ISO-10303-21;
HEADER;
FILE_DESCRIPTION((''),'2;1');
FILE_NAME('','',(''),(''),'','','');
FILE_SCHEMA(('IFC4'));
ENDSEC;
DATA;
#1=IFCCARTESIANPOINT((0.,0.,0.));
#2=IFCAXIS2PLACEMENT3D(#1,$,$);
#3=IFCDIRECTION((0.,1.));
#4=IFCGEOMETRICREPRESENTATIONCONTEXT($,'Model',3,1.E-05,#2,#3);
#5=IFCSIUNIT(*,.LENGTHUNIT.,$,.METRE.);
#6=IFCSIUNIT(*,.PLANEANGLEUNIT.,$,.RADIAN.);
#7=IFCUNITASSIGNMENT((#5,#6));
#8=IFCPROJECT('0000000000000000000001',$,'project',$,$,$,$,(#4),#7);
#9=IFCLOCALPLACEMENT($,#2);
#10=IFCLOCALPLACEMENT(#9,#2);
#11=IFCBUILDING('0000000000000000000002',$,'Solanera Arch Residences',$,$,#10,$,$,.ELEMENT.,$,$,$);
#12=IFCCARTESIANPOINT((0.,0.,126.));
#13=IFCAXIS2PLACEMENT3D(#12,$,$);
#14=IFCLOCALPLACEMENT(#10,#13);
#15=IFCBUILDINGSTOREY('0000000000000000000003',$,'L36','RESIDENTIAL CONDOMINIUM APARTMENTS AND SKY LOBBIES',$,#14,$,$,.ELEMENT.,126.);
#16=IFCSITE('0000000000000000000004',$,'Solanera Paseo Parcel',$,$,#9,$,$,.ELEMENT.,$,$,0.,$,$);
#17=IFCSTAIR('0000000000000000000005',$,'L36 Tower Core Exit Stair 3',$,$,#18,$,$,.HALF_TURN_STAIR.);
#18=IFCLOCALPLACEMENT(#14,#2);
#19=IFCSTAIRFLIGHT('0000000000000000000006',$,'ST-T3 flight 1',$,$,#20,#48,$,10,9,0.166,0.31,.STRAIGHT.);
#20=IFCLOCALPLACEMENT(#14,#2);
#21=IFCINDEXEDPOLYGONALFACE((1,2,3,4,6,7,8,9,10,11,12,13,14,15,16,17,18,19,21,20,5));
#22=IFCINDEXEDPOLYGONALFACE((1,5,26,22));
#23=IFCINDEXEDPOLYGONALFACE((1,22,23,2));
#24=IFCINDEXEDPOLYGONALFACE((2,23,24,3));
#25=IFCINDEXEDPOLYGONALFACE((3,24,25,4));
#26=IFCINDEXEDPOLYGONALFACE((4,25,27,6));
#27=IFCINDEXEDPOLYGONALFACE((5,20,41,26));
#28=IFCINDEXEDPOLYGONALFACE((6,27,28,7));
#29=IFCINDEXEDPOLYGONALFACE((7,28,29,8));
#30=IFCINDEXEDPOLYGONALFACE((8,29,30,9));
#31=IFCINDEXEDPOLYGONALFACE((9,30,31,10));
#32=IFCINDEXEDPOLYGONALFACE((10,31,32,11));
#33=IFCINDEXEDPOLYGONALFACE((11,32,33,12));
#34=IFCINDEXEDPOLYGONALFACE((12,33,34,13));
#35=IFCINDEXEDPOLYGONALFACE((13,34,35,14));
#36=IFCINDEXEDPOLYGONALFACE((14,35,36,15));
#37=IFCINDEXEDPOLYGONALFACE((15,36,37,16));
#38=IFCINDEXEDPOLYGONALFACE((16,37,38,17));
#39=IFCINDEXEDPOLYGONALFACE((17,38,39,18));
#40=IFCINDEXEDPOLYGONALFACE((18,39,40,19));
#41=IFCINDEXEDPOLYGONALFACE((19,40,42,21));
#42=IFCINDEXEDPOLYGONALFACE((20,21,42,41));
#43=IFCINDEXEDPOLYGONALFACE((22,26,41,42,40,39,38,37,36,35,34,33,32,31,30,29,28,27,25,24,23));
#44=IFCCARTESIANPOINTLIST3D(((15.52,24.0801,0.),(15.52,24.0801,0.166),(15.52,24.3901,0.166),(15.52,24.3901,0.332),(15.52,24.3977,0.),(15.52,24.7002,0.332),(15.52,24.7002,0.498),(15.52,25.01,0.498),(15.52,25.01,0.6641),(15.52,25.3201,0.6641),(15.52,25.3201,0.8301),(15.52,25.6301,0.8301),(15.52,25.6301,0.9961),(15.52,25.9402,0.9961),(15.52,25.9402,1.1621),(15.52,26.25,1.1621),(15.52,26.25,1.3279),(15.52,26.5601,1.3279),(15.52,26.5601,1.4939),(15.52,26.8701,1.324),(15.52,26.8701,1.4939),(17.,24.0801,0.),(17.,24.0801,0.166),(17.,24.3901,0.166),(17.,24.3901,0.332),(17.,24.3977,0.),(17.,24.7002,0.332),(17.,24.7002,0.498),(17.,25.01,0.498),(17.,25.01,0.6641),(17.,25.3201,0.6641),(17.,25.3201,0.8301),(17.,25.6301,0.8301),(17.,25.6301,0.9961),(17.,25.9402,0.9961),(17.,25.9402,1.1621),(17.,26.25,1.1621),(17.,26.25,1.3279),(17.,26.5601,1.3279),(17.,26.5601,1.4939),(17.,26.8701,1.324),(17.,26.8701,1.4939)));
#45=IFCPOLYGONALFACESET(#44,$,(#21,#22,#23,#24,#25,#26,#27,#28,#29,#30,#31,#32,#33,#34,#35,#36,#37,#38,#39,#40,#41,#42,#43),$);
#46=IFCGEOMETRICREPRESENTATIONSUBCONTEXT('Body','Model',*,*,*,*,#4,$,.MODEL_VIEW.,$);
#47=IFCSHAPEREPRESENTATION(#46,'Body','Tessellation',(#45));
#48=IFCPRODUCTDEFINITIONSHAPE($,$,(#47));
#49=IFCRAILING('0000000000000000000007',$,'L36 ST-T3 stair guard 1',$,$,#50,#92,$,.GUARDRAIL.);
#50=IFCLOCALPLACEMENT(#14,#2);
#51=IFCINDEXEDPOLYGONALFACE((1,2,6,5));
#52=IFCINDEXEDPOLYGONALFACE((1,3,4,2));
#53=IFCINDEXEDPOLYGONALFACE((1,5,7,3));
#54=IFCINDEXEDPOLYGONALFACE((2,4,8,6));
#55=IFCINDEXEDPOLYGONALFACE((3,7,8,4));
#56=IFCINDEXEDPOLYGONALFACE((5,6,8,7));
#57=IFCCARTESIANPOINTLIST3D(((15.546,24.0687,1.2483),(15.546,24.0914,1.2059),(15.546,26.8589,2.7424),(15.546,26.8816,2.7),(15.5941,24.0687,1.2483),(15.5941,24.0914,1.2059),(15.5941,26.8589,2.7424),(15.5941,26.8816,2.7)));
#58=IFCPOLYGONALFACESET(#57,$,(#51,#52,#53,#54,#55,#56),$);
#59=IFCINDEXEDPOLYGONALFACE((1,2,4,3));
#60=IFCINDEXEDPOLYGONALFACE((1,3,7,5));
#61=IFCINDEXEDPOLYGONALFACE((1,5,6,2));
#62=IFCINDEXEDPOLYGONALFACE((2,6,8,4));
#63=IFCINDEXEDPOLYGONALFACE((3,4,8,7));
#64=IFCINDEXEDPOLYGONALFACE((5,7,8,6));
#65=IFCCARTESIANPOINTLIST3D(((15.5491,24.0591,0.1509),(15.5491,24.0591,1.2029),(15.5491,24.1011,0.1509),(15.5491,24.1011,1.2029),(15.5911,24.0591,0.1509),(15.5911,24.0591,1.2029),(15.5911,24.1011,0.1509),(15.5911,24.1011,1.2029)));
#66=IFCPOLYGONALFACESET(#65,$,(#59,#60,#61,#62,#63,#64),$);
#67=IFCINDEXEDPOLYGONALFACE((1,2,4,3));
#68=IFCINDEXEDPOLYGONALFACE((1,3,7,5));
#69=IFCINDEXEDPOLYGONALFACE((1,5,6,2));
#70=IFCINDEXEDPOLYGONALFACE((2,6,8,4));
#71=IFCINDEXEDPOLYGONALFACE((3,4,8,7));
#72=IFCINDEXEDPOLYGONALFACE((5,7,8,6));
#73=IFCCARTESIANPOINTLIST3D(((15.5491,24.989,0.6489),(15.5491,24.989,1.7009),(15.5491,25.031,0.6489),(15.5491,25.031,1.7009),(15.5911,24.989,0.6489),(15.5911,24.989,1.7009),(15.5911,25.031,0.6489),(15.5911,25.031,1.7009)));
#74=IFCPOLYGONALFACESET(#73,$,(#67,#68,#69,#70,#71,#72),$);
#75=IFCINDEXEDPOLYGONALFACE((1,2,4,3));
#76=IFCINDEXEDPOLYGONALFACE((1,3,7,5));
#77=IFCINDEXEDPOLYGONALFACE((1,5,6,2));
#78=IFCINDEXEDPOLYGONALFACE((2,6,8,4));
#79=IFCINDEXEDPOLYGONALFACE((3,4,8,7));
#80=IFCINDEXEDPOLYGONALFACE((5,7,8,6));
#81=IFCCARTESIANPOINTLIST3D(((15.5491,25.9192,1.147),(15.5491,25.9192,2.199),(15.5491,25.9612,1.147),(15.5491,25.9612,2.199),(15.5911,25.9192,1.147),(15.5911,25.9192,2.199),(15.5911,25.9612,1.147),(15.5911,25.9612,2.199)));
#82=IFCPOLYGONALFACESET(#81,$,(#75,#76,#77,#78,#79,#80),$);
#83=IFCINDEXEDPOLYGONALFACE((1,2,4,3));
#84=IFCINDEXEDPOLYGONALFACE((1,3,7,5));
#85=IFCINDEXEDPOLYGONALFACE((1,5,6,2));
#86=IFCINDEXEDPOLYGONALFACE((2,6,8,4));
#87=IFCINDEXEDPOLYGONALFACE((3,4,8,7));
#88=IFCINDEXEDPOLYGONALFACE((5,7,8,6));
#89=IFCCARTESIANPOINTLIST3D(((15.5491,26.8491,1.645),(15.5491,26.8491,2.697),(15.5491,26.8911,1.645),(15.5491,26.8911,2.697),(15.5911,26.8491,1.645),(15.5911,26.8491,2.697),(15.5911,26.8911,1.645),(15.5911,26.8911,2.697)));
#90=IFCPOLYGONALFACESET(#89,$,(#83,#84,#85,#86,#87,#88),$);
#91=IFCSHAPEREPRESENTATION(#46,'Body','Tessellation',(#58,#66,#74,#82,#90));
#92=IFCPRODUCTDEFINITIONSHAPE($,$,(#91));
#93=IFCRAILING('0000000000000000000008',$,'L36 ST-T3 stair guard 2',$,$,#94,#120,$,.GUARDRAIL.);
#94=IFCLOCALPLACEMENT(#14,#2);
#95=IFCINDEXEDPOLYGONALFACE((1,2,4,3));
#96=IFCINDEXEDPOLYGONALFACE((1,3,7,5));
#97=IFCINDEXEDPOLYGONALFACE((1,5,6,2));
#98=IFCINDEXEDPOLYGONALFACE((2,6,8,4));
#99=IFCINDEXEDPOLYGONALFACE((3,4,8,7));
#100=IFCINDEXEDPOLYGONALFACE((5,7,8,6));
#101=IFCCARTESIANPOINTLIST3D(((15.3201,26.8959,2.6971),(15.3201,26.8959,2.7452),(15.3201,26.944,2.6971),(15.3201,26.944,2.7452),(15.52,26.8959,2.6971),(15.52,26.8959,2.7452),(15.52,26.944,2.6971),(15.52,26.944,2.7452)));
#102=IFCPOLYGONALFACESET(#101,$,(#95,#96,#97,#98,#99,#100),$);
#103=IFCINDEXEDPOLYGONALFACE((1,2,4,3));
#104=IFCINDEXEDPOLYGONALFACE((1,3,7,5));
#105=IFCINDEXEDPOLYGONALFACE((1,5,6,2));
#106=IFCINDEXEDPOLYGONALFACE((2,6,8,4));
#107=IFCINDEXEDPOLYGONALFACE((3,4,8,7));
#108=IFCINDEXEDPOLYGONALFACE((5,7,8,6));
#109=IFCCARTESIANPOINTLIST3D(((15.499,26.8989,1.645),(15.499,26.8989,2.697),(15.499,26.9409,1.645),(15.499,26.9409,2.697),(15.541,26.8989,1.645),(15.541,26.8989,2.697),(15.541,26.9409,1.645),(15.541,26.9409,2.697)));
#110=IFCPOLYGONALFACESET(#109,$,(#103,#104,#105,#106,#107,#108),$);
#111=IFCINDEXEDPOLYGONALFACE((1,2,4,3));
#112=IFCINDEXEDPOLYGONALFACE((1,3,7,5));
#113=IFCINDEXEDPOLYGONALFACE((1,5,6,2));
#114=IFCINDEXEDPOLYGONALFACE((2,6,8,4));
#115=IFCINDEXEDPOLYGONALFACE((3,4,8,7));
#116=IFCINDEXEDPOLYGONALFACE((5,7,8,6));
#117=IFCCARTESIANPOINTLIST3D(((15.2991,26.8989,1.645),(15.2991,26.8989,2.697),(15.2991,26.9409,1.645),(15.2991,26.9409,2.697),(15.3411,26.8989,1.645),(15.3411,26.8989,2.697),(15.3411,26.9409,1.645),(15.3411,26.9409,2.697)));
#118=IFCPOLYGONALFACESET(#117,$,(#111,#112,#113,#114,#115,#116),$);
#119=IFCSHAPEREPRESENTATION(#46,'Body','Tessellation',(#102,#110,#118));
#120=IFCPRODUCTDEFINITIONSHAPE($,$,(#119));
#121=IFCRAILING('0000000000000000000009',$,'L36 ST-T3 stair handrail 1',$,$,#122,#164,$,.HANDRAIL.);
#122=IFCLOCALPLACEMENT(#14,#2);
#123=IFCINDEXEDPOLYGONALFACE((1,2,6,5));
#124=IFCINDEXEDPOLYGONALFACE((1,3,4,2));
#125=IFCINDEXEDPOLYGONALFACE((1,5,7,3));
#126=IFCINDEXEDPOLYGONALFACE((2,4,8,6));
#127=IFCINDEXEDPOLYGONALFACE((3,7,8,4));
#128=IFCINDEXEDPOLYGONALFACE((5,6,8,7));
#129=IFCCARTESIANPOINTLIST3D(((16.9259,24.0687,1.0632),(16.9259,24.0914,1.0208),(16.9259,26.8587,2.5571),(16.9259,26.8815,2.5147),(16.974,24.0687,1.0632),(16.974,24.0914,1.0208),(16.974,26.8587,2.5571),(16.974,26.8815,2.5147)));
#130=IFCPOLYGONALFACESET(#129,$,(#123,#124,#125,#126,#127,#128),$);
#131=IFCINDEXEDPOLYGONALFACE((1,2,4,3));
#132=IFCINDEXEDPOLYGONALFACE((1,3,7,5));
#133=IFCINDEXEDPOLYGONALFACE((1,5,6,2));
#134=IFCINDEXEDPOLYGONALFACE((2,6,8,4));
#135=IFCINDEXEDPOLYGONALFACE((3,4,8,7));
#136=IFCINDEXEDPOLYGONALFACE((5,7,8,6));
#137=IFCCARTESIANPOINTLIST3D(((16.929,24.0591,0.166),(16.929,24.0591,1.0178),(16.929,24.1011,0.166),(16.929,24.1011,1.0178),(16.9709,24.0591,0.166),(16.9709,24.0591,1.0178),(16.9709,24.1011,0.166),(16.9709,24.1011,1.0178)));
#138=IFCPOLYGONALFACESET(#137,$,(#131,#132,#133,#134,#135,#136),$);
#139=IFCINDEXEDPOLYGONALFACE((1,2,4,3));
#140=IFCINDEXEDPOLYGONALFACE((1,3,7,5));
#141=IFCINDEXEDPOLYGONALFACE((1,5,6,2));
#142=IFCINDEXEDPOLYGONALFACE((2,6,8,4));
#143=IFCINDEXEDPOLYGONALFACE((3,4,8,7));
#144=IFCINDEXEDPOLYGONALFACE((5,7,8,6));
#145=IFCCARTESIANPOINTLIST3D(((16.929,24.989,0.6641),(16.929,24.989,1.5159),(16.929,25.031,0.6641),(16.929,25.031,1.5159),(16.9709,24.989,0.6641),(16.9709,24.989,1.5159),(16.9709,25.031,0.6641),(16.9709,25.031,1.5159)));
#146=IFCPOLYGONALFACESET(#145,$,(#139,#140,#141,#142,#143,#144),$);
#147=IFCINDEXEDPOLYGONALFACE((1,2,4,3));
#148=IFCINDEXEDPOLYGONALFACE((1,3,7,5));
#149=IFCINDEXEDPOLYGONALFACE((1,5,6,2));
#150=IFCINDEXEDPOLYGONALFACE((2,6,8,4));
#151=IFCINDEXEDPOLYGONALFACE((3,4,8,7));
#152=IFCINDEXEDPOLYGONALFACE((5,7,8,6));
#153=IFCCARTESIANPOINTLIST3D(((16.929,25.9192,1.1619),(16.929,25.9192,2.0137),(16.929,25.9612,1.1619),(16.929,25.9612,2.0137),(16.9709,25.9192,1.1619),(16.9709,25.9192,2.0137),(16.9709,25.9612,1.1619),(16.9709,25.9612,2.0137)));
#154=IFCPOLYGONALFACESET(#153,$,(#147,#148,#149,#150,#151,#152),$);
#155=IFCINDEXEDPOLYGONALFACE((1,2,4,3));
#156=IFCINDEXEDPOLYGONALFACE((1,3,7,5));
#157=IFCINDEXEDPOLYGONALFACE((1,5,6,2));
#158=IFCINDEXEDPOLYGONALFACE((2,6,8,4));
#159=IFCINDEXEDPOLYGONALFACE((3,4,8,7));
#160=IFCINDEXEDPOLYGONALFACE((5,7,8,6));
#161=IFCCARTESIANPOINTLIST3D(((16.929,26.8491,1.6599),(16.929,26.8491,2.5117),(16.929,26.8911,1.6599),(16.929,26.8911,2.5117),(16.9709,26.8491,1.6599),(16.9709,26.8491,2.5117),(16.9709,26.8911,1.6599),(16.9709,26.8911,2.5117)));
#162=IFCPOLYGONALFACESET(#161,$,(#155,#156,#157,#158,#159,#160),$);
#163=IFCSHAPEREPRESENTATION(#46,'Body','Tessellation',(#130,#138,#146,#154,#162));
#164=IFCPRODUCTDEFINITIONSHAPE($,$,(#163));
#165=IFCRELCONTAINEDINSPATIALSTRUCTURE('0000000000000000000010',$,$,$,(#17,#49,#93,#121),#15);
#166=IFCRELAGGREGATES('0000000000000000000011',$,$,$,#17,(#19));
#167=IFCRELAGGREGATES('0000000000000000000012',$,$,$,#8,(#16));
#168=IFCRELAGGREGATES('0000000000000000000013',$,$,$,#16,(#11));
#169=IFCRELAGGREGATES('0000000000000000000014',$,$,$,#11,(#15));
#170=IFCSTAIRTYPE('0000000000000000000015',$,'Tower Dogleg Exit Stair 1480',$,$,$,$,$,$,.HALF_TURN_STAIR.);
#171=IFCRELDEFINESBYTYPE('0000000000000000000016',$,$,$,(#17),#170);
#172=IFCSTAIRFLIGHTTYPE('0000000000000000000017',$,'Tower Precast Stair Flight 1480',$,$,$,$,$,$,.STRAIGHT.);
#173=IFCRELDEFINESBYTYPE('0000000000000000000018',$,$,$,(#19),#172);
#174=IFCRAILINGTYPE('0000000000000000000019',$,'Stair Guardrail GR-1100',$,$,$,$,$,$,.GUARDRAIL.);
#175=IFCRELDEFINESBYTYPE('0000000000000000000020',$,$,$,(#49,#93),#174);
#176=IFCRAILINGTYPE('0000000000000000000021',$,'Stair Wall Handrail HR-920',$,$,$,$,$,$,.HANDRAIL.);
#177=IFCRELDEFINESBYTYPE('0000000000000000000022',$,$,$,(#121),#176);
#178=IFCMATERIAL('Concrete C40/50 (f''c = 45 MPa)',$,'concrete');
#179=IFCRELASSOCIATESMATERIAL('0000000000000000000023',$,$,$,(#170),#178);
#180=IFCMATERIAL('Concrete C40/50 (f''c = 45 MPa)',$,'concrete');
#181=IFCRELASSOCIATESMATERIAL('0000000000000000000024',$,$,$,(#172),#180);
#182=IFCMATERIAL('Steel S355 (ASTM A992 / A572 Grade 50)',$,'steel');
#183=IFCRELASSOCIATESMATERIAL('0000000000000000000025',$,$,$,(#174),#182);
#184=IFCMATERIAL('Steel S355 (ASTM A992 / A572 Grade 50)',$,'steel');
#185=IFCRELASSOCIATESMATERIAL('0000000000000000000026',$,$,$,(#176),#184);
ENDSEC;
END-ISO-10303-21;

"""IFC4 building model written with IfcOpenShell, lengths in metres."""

from ifc_helpers import new_model, si_unit, direction, frame, origin, origin_2d, place, context, subcontext, project, spatial, polyline, rectangle, outline, extrude, material, type_object, element, aggregate, save


model = new_model("IFC4")

# Units and contexts
model_context = context("Model", 3, precision=1e-05, world=origin(), true_north=direction((0.0, 1.0)))
body_context = subcontext(model_context, "Body", "Model", "MODEL_VIEW")
ifc_project = project(units=[si_unit("LENGTHUNIT", "METRE"), si_unit("PLANEANGLEUNIT", "RADIAN")], contexts=[model_context])

# Site, building, storey
site_placement = place(None, origin())
site = spatial("IfcSite", under=ifc_project, at=site_placement, Name="Solanera Paseo Parcel", CompositionType="ELEMENT", RefElevation=0.0)
building_placement = place(site_placement, origin())
building = spatial("IfcBuilding", under=site, at=building_placement, Name="Solanera Arch Residences", CompositionType="ELEMENT")
storey_placement = place(building_placement, frame((0.0, 0.0, 126.0)))
storey = spatial("IfcBuildingStorey", under=building, at=storey_placement, Name="L36", Description="RESIDENTIAL CONDOMINIUM APARTMENTS AND SKY LOBBIES", CompositionType="ELEMENT", Elevation=126.0)

# Stair, stair flight
ifc_material_1 = material(Name="Concrete C40/50 (f'c = 45 MPa)", Category="concrete")
stair_type = type_object("IfcStairType", Name="Tower Dogleg Exit Stair 1480", PredefinedType="HALF_TURN_STAIR", material=ifc_material_1)
stair_placement = place(storey_placement, origin())
stair = element("IfcStair", 1, at=stair_placement, inside=storey, type_object=stair_type, Name="L36 Tower Core Exit Stair 3", PredefinedType="HALF_TURN_STAIR")
ifc_material_2 = material(Name="Concrete C40/50 (f'c = 45 MPa)", Category="concrete")
stair_flight_type = type_object("IfcStairFlightType", Name="Tower Precast Stair Flight 1480", PredefinedType="STRAIGHT", material=ifc_material_2)
stair_flight_placement = place(storey_placement, frame((16.26, 24.0801, 0.0), z_axis=(0.0, 0.0, 1.0), x_axis=(0.0, 1.0, 0.0)))
stair_flight = element("IfcStairFlight", 2, at=stair_flight_placement, type_object=stair_flight_type, Name="ST-T3 flight 1", NumberOfRisers=10, NumberOfTreads=9, PredefinedType="STRAIGHT", RiserHeight=0.166, TreadLength=0.31, context=body_context, shape_type="SweptSolid", body=[
    extrude(outline(polyline([(0.0, 0.0), (0.0, 0.166), (0.3101, 0.166), (0.3101, 0.332), (0.6201, 0.332), (0.6201, 0.498), (0.9299, 0.498), (0.9299, 0.6641), (1.24, 0.6641), (1.24, 0.8301), (1.55, 0.8301), (1.55, 0.9961), (1.8601, 0.9961), (1.8601, 1.1621), (2.1699, 1.1621), (2.1699, 1.3279), (2.48, 1.3279), (2.48, 1.4939), (2.79, 1.4939), (2.79, 1.6599), (2.79, 1.324), (0.3176, 0.0), (0.0, 0.0)])), frame((0.0, 0.74, 0.0), z_axis=(0.0, -1.0, 0.0), x_axis=(1.0, 0.0, 0.0)), (0.0, 0.0, 1.0), 1.48),
])
aggregate(stair, [stair_flight])

# Railings
ifc_material_3 = material(Name="Steel S355 (ASTM A992 / A572 Grade 50)", Category="steel")
railing_type_1 = type_object("IfcRailingType", Name="Stair Guardrail GR-1100", PredefinedType="GUARDRAIL", material=ifc_material_3)
railing_1_placement = place(storey_placement, frame((15.5701, 24.0801, 0.1509)))
element("IfcRailing", 3, at=railing_1_placement, inside=storey, type_object=railing_type_1, Name="L36 ST-T3 stair guard 1", PredefinedType="GUARDRAIL", context=body_context, shape_type="SweptSolid", body=[
    extrude(rectangle(XDim=0.0481, YDim=0.0481, at=origin_2d()), frame((0.0, 0.0, 1.0762), z_axis=(0.0, 0.881549, 0.472093), x_axis=(-1.0, 0.0, 0.0)), (0.0, 0.0, 1.0), 3.165),
    extrude(rectangle(XDim=0.042, YDim=0.042, at=origin_2d()), origin(), (0.0, 0.0, 1.0), 1.052),
    extrude(rectangle(XDim=0.042, YDim=0.042, at=origin_2d()), frame((0.0, 0.9299, 0.498)), (0.0, 0.0, 1.0), 1.052),
    extrude(rectangle(XDim=0.042, YDim=0.042, at=origin_2d()), frame((0.0, 1.8601, 0.9961)), (0.0, 0.0, 1.0), 1.052),
    extrude(rectangle(XDim=0.042, YDim=0.042, at=origin_2d()), frame((0.0, 2.79, 1.4941)), (0.0, 0.0, 1.0), 1.052),
])
railing_2_placement = place(storey_placement, frame((15.52, 26.9199, 1.645)))
element("IfcRailing", 4, at=railing_2_placement, inside=storey, type_object=railing_type_1, Name="L36 ST-T3 stair guard 2", PredefinedType="GUARDRAIL", context=body_context, shape_type="SweptSolid", body=[
    extrude(rectangle(XDim=0.0481, YDim=0.0481, at=origin_2d()), frame((0.0, 0.0, 1.0762), z_axis=(-1.0, 0.0, 0.0), x_axis=(0.0, -1.0, 0.0)), (0.0, 0.0, 1.0), 0.2),
    extrude(rectangle(XDim=0.042, YDim=0.042, at=origin_2d()), origin(), (0.0, 0.0, 1.0), 1.052),
    extrude(rectangle(XDim=0.042, YDim=0.042, at=origin_2d()), frame((-0.2, 0.0, 0.0)), (0.0, 0.0, 1.0), 1.052),
])
ifc_material_4 = material(Name="Steel S355 (ASTM A992 / A572 Grade 50)", Category="steel")
railing_type_2 = type_object("IfcRailingType", Name="Stair Wall Handrail HR-920", PredefinedType="HANDRAIL", material=ifc_material_4)
railing_3_placement = place(storey_placement, frame((16.95, 24.0801, 0.166)))
element("IfcRailing", 5, at=railing_3_placement, inside=storey, type_object=railing_type_2, Name="L36 ST-T3 stair handrail 1", PredefinedType="HANDRAIL", context=body_context, shape_type="SweptSolid", body=[
    extrude(rectangle(XDim=0.0481, YDim=0.0481, at=origin_2d()), frame((0.0, 0.0, 0.876), z_axis=(0.0, 0.881581, 0.472033), x_axis=(-1.0, 0.0, 0.0)), (0.0, 0.0, 1.0), 3.1648),
    extrude(rectangle(XDim=0.042, YDim=0.042, at=origin_2d()), origin(), (0.0, 0.0, 1.0), 0.8518),
    extrude(rectangle(XDim=0.042, YDim=0.042, at=origin_2d()), frame((0.0, 0.9299, 0.498)), (0.0, 0.0, 1.0), 0.8518),
    extrude(rectangle(XDim=0.042, YDim=0.042, at=origin_2d()), frame((0.0, 1.8601, 0.9958)), (0.0, 0.0, 1.0), 0.8518),
    extrude(rectangle(XDim=0.042, YDim=0.042, at=origin_2d()), frame((0.0, 2.79, 1.4939)), (0.0, 0.0, 1.0), 0.8518),
])

save(model, "model.ifc")
